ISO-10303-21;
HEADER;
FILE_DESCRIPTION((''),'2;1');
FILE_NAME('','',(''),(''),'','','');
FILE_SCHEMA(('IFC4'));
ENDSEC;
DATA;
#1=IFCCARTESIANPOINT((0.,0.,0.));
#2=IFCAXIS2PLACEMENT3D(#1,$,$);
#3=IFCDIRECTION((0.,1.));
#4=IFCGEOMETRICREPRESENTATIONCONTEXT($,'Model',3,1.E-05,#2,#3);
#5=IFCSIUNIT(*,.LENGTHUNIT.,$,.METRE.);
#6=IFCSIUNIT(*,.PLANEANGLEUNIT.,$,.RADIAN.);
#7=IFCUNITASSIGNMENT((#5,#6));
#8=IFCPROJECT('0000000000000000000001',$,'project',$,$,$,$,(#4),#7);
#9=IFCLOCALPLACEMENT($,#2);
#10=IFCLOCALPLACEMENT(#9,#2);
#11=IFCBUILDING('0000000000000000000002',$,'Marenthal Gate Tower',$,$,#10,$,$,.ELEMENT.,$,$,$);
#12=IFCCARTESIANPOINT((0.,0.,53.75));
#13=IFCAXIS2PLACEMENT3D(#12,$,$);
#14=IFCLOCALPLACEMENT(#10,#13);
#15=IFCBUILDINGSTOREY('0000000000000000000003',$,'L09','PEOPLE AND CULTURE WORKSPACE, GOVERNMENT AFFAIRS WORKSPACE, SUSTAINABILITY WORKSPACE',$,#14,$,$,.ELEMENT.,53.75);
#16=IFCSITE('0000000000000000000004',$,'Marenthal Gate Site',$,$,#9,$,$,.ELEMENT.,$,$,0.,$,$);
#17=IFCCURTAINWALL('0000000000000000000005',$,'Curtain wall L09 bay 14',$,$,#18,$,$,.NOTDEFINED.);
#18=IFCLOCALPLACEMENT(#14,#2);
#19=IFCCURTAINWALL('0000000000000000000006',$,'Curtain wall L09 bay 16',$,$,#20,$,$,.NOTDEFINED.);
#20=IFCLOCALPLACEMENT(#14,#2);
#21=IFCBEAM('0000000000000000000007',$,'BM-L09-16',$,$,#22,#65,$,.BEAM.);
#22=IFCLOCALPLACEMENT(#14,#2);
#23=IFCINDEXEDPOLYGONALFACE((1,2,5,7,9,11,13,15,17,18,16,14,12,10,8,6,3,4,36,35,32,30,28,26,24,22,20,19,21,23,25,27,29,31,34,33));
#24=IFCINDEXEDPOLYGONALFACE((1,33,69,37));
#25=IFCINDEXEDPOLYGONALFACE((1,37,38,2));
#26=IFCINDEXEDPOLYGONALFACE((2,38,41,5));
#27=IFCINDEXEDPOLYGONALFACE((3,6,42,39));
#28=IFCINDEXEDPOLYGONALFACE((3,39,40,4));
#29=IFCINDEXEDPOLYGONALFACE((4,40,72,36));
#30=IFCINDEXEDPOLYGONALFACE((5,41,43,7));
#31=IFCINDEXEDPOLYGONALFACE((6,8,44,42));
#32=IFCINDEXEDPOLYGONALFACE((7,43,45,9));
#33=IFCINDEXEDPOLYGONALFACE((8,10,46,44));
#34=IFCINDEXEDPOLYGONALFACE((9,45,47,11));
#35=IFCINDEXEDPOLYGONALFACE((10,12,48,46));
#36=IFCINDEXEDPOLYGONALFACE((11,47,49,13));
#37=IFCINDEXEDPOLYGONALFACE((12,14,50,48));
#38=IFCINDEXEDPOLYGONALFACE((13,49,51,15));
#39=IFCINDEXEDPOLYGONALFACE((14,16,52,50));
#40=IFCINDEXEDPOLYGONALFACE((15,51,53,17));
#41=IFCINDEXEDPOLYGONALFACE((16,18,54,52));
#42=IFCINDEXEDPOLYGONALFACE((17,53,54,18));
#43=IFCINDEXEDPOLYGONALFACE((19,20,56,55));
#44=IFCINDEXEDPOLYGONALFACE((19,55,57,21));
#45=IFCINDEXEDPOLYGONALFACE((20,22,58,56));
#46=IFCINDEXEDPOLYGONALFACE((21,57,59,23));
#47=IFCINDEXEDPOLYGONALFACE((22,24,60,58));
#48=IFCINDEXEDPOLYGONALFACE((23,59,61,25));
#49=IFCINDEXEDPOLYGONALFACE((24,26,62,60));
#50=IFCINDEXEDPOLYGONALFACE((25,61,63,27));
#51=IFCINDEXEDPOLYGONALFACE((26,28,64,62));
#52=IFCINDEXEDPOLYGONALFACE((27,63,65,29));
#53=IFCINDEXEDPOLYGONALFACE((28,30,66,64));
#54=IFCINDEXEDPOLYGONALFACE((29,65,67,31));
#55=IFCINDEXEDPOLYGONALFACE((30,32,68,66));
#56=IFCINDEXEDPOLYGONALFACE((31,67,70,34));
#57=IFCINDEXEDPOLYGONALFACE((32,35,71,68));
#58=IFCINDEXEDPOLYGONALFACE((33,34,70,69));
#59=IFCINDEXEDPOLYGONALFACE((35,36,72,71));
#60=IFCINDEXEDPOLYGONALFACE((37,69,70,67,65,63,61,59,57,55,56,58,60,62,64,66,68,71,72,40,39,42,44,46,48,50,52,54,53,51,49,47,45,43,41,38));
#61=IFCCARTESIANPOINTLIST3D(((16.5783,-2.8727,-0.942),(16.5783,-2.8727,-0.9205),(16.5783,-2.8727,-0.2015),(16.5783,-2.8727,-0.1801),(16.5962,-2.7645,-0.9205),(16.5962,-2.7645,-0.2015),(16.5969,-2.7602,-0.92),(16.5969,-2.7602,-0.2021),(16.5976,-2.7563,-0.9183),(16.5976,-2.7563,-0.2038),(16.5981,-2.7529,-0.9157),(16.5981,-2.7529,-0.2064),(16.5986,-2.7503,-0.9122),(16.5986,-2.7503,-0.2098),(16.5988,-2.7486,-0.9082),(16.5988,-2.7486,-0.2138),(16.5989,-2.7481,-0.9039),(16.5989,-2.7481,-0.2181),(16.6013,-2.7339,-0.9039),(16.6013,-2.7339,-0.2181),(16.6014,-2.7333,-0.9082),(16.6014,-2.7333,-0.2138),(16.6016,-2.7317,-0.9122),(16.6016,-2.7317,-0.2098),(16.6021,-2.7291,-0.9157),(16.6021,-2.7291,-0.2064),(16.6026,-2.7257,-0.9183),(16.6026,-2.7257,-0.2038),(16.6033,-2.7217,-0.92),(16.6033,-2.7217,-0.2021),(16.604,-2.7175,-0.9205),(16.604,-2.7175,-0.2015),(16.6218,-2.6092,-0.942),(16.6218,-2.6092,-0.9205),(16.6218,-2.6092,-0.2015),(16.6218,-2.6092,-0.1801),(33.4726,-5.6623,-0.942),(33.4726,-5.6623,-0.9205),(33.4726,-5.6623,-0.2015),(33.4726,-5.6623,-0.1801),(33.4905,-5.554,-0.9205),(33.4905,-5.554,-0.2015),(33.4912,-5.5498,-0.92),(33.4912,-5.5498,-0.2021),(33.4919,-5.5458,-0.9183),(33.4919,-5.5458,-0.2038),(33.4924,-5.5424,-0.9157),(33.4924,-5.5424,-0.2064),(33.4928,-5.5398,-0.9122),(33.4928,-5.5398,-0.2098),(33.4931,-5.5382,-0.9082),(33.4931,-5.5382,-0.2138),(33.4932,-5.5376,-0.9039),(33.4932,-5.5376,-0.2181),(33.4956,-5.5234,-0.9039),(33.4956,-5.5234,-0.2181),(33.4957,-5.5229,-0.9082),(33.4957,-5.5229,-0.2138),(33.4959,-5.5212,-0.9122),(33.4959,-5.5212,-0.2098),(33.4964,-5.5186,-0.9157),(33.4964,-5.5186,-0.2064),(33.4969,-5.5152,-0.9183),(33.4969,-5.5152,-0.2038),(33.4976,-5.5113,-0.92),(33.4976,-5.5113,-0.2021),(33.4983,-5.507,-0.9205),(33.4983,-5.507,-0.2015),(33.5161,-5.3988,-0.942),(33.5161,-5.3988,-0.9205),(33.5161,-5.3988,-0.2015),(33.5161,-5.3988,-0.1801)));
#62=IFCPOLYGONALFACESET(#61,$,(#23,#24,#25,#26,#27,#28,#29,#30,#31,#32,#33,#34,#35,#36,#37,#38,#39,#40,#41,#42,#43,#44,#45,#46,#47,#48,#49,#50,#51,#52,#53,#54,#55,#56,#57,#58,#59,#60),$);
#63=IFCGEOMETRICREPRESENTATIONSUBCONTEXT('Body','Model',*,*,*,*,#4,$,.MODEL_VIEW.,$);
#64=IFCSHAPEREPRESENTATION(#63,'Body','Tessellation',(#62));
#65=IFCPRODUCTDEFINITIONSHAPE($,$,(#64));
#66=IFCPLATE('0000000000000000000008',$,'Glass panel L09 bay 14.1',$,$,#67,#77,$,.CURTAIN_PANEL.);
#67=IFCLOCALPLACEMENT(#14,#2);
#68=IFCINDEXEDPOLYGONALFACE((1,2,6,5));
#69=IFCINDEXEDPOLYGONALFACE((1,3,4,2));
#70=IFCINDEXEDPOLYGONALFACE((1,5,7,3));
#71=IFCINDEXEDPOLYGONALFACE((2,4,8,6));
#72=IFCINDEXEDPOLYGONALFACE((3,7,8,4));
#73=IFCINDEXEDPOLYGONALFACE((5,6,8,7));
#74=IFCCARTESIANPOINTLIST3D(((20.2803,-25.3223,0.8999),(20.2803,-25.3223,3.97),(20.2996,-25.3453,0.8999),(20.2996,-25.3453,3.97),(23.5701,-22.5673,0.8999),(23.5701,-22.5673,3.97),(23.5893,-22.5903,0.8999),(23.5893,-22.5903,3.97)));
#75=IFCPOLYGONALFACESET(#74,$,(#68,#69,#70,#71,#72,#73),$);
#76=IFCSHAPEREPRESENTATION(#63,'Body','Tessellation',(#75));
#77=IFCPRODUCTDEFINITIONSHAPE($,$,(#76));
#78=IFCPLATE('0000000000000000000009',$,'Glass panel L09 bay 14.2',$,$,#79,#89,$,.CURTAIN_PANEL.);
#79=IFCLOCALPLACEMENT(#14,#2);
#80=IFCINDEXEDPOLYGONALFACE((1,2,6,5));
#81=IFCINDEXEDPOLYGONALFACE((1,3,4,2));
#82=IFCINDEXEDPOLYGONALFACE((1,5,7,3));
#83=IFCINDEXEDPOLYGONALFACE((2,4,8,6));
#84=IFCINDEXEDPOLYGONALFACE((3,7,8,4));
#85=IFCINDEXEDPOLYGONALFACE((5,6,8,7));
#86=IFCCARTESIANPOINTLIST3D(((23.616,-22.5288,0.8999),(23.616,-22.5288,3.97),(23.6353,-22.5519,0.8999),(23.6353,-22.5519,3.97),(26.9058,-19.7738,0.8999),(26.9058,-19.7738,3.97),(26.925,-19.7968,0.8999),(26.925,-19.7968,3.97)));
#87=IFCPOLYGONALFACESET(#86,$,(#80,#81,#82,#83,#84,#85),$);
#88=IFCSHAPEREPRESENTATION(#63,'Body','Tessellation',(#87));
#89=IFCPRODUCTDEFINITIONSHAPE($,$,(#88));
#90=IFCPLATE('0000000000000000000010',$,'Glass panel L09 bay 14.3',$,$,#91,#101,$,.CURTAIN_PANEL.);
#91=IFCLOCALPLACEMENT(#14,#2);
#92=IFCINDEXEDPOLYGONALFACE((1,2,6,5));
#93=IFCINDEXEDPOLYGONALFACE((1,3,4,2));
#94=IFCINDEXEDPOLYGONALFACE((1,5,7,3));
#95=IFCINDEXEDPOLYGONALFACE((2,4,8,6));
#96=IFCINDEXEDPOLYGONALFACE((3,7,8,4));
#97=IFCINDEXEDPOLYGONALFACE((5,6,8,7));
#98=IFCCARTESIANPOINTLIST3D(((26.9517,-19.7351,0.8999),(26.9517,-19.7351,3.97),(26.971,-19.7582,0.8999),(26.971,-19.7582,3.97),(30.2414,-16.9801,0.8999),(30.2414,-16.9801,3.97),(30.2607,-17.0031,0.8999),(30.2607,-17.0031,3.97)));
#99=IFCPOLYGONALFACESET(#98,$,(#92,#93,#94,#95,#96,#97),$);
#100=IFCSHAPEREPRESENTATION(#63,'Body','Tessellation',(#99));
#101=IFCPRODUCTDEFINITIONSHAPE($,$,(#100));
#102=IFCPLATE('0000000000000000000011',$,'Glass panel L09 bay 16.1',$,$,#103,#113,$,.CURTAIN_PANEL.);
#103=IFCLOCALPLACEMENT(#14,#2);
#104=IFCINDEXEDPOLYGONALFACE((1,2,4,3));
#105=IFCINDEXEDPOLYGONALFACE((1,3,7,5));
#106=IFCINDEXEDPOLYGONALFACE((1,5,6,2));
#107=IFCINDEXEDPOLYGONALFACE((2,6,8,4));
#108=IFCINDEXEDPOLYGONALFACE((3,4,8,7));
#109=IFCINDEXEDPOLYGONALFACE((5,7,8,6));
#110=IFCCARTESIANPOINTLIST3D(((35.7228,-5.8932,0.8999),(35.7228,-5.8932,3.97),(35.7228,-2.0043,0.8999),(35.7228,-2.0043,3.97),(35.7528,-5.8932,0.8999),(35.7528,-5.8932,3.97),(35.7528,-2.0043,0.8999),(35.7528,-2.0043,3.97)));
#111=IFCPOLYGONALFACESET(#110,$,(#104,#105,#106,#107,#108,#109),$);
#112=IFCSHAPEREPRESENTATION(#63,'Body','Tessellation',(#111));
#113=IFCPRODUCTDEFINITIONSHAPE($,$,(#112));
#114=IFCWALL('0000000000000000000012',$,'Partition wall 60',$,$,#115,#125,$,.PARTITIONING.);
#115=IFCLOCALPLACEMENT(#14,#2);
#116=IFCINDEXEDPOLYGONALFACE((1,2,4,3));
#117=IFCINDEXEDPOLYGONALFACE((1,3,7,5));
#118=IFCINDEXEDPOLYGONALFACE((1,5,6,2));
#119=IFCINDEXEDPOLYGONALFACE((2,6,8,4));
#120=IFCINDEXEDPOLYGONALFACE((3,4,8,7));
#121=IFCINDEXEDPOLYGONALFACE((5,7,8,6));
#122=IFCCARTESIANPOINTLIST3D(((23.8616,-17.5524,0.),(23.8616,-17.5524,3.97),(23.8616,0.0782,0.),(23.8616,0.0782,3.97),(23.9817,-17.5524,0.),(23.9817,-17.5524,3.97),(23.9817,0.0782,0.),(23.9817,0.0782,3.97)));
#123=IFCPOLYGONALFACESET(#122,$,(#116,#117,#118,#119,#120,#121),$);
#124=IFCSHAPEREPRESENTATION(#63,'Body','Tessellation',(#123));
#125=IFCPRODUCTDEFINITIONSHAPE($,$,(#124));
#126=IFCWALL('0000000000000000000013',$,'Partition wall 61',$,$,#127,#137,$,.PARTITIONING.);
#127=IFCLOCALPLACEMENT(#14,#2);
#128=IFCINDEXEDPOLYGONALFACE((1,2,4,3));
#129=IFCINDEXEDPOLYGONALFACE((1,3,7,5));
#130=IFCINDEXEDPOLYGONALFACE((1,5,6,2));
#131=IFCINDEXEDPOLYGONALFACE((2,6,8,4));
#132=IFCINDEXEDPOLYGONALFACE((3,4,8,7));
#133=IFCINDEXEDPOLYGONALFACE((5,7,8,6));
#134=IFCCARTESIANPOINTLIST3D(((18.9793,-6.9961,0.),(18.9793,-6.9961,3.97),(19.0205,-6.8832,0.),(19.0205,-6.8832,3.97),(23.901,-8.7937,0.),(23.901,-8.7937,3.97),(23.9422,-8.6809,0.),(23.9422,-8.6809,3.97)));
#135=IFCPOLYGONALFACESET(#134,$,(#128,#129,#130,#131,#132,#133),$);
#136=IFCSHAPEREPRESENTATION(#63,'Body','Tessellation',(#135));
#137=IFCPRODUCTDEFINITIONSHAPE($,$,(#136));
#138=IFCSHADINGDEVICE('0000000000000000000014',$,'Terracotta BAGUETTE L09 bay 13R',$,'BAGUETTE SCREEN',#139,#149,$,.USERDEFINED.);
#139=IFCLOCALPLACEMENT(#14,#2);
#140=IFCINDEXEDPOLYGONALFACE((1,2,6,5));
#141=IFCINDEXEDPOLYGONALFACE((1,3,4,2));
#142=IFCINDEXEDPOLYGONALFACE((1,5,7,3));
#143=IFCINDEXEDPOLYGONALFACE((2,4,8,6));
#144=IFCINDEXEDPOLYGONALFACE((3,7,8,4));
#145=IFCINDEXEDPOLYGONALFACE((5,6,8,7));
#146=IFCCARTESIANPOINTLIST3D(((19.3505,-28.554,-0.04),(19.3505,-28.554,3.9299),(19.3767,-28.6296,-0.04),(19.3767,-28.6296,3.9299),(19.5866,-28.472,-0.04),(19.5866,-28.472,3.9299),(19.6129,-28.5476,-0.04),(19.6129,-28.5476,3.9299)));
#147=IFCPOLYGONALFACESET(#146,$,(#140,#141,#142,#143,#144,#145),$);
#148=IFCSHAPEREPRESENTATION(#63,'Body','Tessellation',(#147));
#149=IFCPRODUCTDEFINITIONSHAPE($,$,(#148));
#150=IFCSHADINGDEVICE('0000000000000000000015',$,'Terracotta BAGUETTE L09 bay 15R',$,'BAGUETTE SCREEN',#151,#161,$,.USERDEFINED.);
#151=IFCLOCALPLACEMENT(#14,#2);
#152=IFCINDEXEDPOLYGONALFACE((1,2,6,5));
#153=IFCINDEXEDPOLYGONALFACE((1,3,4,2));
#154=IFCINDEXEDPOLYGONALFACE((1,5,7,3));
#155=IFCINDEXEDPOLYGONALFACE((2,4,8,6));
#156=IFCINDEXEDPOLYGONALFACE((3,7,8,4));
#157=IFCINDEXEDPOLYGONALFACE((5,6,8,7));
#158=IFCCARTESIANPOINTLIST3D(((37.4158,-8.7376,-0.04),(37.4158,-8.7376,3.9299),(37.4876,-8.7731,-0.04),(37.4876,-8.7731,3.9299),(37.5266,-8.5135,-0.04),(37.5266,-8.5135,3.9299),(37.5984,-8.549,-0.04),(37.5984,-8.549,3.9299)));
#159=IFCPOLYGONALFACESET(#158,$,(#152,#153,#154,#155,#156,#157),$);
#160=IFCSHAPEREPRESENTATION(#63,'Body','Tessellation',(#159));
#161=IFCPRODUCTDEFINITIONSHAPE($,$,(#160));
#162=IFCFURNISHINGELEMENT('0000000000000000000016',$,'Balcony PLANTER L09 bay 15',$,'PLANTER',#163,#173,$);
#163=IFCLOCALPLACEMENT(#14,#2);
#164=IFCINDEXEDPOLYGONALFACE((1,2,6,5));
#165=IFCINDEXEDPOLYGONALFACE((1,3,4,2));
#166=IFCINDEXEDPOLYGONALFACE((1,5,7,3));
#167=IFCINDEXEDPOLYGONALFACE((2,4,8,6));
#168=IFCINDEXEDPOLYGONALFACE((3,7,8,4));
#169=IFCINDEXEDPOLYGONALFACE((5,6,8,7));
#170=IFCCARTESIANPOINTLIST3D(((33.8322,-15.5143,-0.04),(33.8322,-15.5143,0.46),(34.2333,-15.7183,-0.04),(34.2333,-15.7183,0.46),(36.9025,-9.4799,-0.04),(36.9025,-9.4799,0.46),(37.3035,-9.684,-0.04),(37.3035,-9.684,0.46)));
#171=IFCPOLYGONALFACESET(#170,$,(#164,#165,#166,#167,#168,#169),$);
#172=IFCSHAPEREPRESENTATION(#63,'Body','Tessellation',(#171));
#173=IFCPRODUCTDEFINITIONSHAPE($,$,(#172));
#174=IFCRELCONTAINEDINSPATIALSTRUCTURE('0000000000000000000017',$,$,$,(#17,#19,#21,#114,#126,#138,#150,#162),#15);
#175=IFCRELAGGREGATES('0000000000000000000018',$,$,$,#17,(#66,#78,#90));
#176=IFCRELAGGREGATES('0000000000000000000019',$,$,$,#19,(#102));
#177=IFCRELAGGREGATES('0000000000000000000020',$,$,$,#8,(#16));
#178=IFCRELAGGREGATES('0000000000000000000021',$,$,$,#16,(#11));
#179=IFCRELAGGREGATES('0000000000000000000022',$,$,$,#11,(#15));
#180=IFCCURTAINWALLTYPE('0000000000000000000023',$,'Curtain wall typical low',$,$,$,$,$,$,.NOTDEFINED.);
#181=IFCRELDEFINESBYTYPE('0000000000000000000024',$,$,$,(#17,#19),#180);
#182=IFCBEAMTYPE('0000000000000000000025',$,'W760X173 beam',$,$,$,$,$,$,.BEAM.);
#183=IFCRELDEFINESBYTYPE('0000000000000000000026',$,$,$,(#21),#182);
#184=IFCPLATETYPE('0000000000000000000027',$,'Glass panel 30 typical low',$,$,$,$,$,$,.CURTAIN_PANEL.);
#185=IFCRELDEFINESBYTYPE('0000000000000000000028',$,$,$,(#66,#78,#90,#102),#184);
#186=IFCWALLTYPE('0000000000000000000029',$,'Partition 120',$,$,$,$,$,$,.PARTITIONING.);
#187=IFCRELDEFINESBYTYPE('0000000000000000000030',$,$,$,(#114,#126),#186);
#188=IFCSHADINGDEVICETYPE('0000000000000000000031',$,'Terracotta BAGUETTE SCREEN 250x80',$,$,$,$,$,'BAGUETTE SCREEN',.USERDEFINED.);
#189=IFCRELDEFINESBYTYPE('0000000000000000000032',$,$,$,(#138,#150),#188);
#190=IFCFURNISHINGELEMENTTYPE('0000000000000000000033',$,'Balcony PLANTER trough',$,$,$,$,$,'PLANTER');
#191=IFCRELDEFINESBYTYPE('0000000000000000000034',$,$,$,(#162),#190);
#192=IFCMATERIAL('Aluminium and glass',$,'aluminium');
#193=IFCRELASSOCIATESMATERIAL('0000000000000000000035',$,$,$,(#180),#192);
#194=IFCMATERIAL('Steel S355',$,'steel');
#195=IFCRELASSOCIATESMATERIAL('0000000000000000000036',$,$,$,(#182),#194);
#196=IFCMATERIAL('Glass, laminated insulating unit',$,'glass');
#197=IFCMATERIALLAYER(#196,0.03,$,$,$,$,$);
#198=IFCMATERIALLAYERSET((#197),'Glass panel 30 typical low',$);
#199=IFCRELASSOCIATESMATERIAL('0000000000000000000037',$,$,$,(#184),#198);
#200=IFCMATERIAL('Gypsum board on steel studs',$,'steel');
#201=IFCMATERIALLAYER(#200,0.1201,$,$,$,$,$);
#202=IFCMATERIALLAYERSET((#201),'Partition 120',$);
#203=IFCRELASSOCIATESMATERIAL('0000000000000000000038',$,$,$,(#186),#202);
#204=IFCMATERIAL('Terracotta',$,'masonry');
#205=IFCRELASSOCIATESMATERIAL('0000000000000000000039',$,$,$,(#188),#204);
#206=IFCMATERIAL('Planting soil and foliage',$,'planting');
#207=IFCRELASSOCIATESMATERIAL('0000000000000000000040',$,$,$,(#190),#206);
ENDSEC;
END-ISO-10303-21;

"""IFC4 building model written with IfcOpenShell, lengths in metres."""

from ifc_helpers import new_model, si_unit, direction, frame, frame_2d, origin, origin_2d, place, context, subcontext, project, spatial, rectangle, i_section, extrude, material, layer, layer_set, material_profile, profile_set, type_object, element, aggregate, save


model = new_model("IFC4")

# Units and contexts
model_context = context("Model", 3, precision=1e-05, world=origin(), true_north=direction((0.0, 1.0)))
body_context = subcontext(model_context, "Body", "Model", "MODEL_VIEW")
ifc_project = project(units=[si_unit("LENGTHUNIT", "METRE"), si_unit("PLANEANGLEUNIT", "RADIAN")], contexts=[model_context])

# Site, building, storey
site_placement = place(None, origin())
site = spatial("IfcSite", under=ifc_project, at=site_placement, Name="Marenthal Gate Site", CompositionType="ELEMENT", RefElevation=0.0)
building_placement = place(site_placement, origin())
building = spatial("IfcBuilding", under=site, at=building_placement, Name="Marenthal Gate Tower", CompositionType="ELEMENT")
storey_placement = place(building_placement, frame((0.0, 0.0, 53.75)))
storey = spatial("IfcBuildingStorey", under=building, at=storey_placement, Name="L09", Description="PEOPLE AND CULTURE WORKSPACE, GOVERNMENT AFFAIRS WORKSPACE, SUSTAINABILITY WORKSPACE", CompositionType="ELEMENT", Elevation=53.75)

# Curtain walls
ifc_material_1 = material(Name="Aluminium and glass", Category="aluminium")
curtain_wall_type = type_object("IfcCurtainWallType", Name="Curtain wall typical low", PredefinedType="NOTDEFINED", material=ifc_material_1)
curtain_wall_1_placement = place(storey_placement, origin())
curtain_wall_1 = element("IfcCurtainWall", 1, at=curtain_wall_1_placement, inside=storey, type_object=curtain_wall_type, Name="Curtain wall L09 bay 14", PredefinedType="NOTDEFINED")
curtain_wall_2_placement = place(storey_placement, origin())
curtain_wall_2 = element("IfcCurtainWall", 2, at=curtain_wall_2_placement, inside=storey, type_object=curtain_wall_type, Name="Curtain wall L09 bay 16", PredefinedType="NOTDEFINED")

# Beam
ifc_material_2 = material(Name="Steel S355", Category="steel")
ifc_material_profile_1 = material_profile(ifc_material_2, i_section(OverallWidth=0.2671, OverallDepth=0.762, WebThickness=0.0144, FlangeThickness=0.0215, FilletRadius=0.0166, at=origin_2d()), Name="W760X173")
ifc_profile_set_1 = profile_set([ifc_material_profile_1], Name="Steel S355")
beam_type_1 = type_object("IfcBeamType", Name="W760X173 beam", PredefinedType="BEAM", material=ifc_profile_set_1)
beam_1_placement = place(storey_placement, frame((33.4944, -5.5305, -0.561), z_axis=(-0.986641, 0.162912, 0.0), x_axis=(-0.162912, -0.986641, 0.0)))
element("IfcBeam", 3, at=beam_1_placement, inside=storey, type_object=beam_type_1, Name="BM-L09-16", PredefinedType="BEAM", context=body_context, shape_type="SweptSolid", body=[
    extrude(i_section(OverallWidth=0.2671, OverallDepth=0.762, WebThickness=0.0144, FlangeThickness=0.0215, FilletRadius=0.0166, at=origin_2d()), origin(), (0.0, 0.0, 1.0), 17.123),
])

# Plates
ifc_material_3 = material(Name="Glass, laminated insulating unit", Category="glass")
ifc_layer_1 = layer(ifc_material_3, 0.03)
ifc_layer_set_1 = layer_set([ifc_layer_1], Name="Glass panel 30 typical low")
plate_type = type_object("IfcPlateType", Name="Glass panel 30 typical low", PredefinedType="CURTAIN_PANEL", material=ifc_layer_set_1)
plate_1_placement = place(storey_placement, frame((21.9348, -23.9563, 0.8999), z_axis=(0.0, 0.0, 1.0), x_axis=(0.766665, 0.642047, 0.0)))
plate_1 = element("IfcPlate", 4, at=plate_1_placement, type_object=plate_type, Name="Glass panel L09 bay 14.1", PredefinedType="CURTAIN_PANEL", context=body_context, shape_type="SweptSolid", body=[
    extrude(rectangle(XDim=4.291, YDim=0.03, at=origin_2d()), origin(), (0.0, 0.0, 1.0), 3.0701),
])
plate_2_placement = place(storey_placement, frame((25.2705, -21.1628, 0.8999), z_axis=(0.0, 0.0, 1.0), x_axis=(0.766665, 0.642047, 0.0)))
plate_2 = element("IfcPlate", 5, at=plate_2_placement, type_object=plate_type, Name="Glass panel L09 bay 14.2", PredefinedType="CURTAIN_PANEL", context=body_context, shape_type="SweptSolid", body=[
    extrude(rectangle(XDim=4.291, YDim=0.03, at=origin_2d()), origin(), (0.0, 0.0, 1.0), 3.0701),
])
plate_3_placement = place(storey_placement, frame((28.6062, -18.3691, 0.8999), z_axis=(0.0, 0.0, 1.0), x_axis=(0.766665, 0.642047, 0.0)))
plate_3 = element("IfcPlate", 6, at=plate_3_placement, type_object=plate_type, Name="Glass panel L09 bay 14.3", PredefinedType="CURTAIN_PANEL", context=body_context, shape_type="SweptSolid", body=[
    extrude(rectangle(XDim=4.291, YDim=0.03, at=origin_2d()), origin(), (0.0, 0.0, 1.0), 3.0701),
])
aggregate(curtain_wall_1, [plate_1, plate_2, plate_3])
plate_4_placement = place(storey_placement, frame((35.7378, -3.9487, 0.8999), z_axis=(0.0, 0.0, 1.0), x_axis=(0.0, 1.0, 0.0)))
plate_4 = element("IfcPlate", 7, at=plate_4_placement, type_object=plate_type, Name="Glass panel L09 bay 16.1", PredefinedType="CURTAIN_PANEL", context=body_context, shape_type="SweptSolid", body=[
    extrude(rectangle(XDim=3.8889, YDim=0.03, at=origin_2d()), origin(), (0.0, 0.0, 1.0), 3.0701),
])
aggregate(curtain_wall_2, [plate_4])

# Walls
ifc_material_4 = material(Name="Gypsum board on steel studs", Category="steel")
ifc_layer_2 = layer(ifc_material_4, 0.1201)
ifc_layer_set_2 = layer_set([ifc_layer_2], Name="Partition 120")
wall_type_1 = type_object("IfcWallType", Name="Partition 120", PredefinedType="PARTITIONING", material=ifc_layer_set_2)
wall_1_placement = place(storey_placement, frame((23.9216, -17.5525, 0.0), z_axis=(0.0, 0.0, 1.0), x_axis=(0.0, 1.0, 0.0)))
element("IfcWall", 8, at=wall_1_placement, inside=storey, type_object=wall_type_1, Name="Partition wall 60", PredefinedType="PARTITIONING", context=body_context, shape_type="SweptSolid", body=[
    extrude(rectangle(XDim=17.6306, YDim=0.1201, at=frame_2d((8.8154, 0.0))), origin(), (0.0, 0.0, 1.0), 3.97),
])
wall_2_placement = place(storey_placement, frame((23.9216, -8.7373, 0.0), z_axis=(0.0, 0.0, 1.0), x_axis=(-0.939307, 0.343078, 0.0)))
element("IfcWall", 9, at=wall_2_placement, inside=storey, type_object=wall_type_1, Name="Partition wall 61", PredefinedType="PARTITIONING", context=body_context, shape_type="SweptSolid", body=[
    extrude(rectangle(XDim=5.2397, YDim=0.1201, at=frame_2d((2.6199, 0.0))), origin(), (0.0, 0.0, 1.0), 3.97),
])

# Shading devices
ifc_material_5 = material(Name="Terracotta", Category="masonry")
ifc_material_profile_2 = material_profile(ifc_material_5, rectangle(XDim=0.25, YDim=0.0801, at=origin_2d()), Name="Terracotta baguette 250x80")
ifc_profile_set_2 = profile_set([ifc_material_profile_2], Name="Terracotta")
shading_device_type = type_object("IfcShadingDeviceType", Name="Terracotta BAGUETTE SCREEN 250x80", ElementType="BAGUETTE SCREEN", PredefinedType="USERDEFINED", material=ifc_profile_set_2)
for number, where, z_axis, x_axis, name in (
    (10, (19.4817, -28.5508, -0.04), (0.0, 0.0, 1.0), (0.944691, 0.327963, 0.0), "Terracotta BAGUETTE L09 bay 13R"),
    (11, (37.5071, -8.6433, -0.04), (0.0, 0.0, 1.0), (0.443058, 0.896493, 0.0), "Terracotta BAGUETTE L09 bay 15R"),
):
    element("IfcShadingDevice", number, at=place(storey_placement, frame(where, z_axis=z_axis, x_axis=x_axis)), inside=storey, type_object=shading_device_type, Name=name, ObjectType="BAGUETTE SCREEN", PredefinedType="USERDEFINED", context=body_context, shape_type="SweptSolid", body=[
        extrude(rectangle(XDim=0.25, YDim=0.0801, at=origin_2d()), origin(), (0.0, 0.0, 1.0), 3.97),
    ])

# Furnishing element
ifc_material_6 = material(Name="Planting soil and foliage", Category="planting")
furnishing_element_type = type_object("IfcFurnishingElementType", Name="Balcony PLANTER trough", ElementType="PLANTER", material=ifc_material_6)
furnishing_placement = place(storey_placement, frame((35.5679, -12.5991, -0.04), z_axis=(0.0, 0.0, 1.0), x_axis=(0.453476, 0.891269, 0.0)))
element("IfcFurnishingElement", 12, at=furnishing_placement, inside=storey, type_object=furnishing_element_type, Name="Balcony PLANTER L09 bay 15", ObjectType="PLANTER", context=body_context, shape_type="SweptSolid", body=[
    extrude(rectangle(XDim=6.7705, YDim=0.45, at=origin_2d()), origin(), (0.0, 0.0, 1.0), 0.5),
])

save(model, "model.ifc")
